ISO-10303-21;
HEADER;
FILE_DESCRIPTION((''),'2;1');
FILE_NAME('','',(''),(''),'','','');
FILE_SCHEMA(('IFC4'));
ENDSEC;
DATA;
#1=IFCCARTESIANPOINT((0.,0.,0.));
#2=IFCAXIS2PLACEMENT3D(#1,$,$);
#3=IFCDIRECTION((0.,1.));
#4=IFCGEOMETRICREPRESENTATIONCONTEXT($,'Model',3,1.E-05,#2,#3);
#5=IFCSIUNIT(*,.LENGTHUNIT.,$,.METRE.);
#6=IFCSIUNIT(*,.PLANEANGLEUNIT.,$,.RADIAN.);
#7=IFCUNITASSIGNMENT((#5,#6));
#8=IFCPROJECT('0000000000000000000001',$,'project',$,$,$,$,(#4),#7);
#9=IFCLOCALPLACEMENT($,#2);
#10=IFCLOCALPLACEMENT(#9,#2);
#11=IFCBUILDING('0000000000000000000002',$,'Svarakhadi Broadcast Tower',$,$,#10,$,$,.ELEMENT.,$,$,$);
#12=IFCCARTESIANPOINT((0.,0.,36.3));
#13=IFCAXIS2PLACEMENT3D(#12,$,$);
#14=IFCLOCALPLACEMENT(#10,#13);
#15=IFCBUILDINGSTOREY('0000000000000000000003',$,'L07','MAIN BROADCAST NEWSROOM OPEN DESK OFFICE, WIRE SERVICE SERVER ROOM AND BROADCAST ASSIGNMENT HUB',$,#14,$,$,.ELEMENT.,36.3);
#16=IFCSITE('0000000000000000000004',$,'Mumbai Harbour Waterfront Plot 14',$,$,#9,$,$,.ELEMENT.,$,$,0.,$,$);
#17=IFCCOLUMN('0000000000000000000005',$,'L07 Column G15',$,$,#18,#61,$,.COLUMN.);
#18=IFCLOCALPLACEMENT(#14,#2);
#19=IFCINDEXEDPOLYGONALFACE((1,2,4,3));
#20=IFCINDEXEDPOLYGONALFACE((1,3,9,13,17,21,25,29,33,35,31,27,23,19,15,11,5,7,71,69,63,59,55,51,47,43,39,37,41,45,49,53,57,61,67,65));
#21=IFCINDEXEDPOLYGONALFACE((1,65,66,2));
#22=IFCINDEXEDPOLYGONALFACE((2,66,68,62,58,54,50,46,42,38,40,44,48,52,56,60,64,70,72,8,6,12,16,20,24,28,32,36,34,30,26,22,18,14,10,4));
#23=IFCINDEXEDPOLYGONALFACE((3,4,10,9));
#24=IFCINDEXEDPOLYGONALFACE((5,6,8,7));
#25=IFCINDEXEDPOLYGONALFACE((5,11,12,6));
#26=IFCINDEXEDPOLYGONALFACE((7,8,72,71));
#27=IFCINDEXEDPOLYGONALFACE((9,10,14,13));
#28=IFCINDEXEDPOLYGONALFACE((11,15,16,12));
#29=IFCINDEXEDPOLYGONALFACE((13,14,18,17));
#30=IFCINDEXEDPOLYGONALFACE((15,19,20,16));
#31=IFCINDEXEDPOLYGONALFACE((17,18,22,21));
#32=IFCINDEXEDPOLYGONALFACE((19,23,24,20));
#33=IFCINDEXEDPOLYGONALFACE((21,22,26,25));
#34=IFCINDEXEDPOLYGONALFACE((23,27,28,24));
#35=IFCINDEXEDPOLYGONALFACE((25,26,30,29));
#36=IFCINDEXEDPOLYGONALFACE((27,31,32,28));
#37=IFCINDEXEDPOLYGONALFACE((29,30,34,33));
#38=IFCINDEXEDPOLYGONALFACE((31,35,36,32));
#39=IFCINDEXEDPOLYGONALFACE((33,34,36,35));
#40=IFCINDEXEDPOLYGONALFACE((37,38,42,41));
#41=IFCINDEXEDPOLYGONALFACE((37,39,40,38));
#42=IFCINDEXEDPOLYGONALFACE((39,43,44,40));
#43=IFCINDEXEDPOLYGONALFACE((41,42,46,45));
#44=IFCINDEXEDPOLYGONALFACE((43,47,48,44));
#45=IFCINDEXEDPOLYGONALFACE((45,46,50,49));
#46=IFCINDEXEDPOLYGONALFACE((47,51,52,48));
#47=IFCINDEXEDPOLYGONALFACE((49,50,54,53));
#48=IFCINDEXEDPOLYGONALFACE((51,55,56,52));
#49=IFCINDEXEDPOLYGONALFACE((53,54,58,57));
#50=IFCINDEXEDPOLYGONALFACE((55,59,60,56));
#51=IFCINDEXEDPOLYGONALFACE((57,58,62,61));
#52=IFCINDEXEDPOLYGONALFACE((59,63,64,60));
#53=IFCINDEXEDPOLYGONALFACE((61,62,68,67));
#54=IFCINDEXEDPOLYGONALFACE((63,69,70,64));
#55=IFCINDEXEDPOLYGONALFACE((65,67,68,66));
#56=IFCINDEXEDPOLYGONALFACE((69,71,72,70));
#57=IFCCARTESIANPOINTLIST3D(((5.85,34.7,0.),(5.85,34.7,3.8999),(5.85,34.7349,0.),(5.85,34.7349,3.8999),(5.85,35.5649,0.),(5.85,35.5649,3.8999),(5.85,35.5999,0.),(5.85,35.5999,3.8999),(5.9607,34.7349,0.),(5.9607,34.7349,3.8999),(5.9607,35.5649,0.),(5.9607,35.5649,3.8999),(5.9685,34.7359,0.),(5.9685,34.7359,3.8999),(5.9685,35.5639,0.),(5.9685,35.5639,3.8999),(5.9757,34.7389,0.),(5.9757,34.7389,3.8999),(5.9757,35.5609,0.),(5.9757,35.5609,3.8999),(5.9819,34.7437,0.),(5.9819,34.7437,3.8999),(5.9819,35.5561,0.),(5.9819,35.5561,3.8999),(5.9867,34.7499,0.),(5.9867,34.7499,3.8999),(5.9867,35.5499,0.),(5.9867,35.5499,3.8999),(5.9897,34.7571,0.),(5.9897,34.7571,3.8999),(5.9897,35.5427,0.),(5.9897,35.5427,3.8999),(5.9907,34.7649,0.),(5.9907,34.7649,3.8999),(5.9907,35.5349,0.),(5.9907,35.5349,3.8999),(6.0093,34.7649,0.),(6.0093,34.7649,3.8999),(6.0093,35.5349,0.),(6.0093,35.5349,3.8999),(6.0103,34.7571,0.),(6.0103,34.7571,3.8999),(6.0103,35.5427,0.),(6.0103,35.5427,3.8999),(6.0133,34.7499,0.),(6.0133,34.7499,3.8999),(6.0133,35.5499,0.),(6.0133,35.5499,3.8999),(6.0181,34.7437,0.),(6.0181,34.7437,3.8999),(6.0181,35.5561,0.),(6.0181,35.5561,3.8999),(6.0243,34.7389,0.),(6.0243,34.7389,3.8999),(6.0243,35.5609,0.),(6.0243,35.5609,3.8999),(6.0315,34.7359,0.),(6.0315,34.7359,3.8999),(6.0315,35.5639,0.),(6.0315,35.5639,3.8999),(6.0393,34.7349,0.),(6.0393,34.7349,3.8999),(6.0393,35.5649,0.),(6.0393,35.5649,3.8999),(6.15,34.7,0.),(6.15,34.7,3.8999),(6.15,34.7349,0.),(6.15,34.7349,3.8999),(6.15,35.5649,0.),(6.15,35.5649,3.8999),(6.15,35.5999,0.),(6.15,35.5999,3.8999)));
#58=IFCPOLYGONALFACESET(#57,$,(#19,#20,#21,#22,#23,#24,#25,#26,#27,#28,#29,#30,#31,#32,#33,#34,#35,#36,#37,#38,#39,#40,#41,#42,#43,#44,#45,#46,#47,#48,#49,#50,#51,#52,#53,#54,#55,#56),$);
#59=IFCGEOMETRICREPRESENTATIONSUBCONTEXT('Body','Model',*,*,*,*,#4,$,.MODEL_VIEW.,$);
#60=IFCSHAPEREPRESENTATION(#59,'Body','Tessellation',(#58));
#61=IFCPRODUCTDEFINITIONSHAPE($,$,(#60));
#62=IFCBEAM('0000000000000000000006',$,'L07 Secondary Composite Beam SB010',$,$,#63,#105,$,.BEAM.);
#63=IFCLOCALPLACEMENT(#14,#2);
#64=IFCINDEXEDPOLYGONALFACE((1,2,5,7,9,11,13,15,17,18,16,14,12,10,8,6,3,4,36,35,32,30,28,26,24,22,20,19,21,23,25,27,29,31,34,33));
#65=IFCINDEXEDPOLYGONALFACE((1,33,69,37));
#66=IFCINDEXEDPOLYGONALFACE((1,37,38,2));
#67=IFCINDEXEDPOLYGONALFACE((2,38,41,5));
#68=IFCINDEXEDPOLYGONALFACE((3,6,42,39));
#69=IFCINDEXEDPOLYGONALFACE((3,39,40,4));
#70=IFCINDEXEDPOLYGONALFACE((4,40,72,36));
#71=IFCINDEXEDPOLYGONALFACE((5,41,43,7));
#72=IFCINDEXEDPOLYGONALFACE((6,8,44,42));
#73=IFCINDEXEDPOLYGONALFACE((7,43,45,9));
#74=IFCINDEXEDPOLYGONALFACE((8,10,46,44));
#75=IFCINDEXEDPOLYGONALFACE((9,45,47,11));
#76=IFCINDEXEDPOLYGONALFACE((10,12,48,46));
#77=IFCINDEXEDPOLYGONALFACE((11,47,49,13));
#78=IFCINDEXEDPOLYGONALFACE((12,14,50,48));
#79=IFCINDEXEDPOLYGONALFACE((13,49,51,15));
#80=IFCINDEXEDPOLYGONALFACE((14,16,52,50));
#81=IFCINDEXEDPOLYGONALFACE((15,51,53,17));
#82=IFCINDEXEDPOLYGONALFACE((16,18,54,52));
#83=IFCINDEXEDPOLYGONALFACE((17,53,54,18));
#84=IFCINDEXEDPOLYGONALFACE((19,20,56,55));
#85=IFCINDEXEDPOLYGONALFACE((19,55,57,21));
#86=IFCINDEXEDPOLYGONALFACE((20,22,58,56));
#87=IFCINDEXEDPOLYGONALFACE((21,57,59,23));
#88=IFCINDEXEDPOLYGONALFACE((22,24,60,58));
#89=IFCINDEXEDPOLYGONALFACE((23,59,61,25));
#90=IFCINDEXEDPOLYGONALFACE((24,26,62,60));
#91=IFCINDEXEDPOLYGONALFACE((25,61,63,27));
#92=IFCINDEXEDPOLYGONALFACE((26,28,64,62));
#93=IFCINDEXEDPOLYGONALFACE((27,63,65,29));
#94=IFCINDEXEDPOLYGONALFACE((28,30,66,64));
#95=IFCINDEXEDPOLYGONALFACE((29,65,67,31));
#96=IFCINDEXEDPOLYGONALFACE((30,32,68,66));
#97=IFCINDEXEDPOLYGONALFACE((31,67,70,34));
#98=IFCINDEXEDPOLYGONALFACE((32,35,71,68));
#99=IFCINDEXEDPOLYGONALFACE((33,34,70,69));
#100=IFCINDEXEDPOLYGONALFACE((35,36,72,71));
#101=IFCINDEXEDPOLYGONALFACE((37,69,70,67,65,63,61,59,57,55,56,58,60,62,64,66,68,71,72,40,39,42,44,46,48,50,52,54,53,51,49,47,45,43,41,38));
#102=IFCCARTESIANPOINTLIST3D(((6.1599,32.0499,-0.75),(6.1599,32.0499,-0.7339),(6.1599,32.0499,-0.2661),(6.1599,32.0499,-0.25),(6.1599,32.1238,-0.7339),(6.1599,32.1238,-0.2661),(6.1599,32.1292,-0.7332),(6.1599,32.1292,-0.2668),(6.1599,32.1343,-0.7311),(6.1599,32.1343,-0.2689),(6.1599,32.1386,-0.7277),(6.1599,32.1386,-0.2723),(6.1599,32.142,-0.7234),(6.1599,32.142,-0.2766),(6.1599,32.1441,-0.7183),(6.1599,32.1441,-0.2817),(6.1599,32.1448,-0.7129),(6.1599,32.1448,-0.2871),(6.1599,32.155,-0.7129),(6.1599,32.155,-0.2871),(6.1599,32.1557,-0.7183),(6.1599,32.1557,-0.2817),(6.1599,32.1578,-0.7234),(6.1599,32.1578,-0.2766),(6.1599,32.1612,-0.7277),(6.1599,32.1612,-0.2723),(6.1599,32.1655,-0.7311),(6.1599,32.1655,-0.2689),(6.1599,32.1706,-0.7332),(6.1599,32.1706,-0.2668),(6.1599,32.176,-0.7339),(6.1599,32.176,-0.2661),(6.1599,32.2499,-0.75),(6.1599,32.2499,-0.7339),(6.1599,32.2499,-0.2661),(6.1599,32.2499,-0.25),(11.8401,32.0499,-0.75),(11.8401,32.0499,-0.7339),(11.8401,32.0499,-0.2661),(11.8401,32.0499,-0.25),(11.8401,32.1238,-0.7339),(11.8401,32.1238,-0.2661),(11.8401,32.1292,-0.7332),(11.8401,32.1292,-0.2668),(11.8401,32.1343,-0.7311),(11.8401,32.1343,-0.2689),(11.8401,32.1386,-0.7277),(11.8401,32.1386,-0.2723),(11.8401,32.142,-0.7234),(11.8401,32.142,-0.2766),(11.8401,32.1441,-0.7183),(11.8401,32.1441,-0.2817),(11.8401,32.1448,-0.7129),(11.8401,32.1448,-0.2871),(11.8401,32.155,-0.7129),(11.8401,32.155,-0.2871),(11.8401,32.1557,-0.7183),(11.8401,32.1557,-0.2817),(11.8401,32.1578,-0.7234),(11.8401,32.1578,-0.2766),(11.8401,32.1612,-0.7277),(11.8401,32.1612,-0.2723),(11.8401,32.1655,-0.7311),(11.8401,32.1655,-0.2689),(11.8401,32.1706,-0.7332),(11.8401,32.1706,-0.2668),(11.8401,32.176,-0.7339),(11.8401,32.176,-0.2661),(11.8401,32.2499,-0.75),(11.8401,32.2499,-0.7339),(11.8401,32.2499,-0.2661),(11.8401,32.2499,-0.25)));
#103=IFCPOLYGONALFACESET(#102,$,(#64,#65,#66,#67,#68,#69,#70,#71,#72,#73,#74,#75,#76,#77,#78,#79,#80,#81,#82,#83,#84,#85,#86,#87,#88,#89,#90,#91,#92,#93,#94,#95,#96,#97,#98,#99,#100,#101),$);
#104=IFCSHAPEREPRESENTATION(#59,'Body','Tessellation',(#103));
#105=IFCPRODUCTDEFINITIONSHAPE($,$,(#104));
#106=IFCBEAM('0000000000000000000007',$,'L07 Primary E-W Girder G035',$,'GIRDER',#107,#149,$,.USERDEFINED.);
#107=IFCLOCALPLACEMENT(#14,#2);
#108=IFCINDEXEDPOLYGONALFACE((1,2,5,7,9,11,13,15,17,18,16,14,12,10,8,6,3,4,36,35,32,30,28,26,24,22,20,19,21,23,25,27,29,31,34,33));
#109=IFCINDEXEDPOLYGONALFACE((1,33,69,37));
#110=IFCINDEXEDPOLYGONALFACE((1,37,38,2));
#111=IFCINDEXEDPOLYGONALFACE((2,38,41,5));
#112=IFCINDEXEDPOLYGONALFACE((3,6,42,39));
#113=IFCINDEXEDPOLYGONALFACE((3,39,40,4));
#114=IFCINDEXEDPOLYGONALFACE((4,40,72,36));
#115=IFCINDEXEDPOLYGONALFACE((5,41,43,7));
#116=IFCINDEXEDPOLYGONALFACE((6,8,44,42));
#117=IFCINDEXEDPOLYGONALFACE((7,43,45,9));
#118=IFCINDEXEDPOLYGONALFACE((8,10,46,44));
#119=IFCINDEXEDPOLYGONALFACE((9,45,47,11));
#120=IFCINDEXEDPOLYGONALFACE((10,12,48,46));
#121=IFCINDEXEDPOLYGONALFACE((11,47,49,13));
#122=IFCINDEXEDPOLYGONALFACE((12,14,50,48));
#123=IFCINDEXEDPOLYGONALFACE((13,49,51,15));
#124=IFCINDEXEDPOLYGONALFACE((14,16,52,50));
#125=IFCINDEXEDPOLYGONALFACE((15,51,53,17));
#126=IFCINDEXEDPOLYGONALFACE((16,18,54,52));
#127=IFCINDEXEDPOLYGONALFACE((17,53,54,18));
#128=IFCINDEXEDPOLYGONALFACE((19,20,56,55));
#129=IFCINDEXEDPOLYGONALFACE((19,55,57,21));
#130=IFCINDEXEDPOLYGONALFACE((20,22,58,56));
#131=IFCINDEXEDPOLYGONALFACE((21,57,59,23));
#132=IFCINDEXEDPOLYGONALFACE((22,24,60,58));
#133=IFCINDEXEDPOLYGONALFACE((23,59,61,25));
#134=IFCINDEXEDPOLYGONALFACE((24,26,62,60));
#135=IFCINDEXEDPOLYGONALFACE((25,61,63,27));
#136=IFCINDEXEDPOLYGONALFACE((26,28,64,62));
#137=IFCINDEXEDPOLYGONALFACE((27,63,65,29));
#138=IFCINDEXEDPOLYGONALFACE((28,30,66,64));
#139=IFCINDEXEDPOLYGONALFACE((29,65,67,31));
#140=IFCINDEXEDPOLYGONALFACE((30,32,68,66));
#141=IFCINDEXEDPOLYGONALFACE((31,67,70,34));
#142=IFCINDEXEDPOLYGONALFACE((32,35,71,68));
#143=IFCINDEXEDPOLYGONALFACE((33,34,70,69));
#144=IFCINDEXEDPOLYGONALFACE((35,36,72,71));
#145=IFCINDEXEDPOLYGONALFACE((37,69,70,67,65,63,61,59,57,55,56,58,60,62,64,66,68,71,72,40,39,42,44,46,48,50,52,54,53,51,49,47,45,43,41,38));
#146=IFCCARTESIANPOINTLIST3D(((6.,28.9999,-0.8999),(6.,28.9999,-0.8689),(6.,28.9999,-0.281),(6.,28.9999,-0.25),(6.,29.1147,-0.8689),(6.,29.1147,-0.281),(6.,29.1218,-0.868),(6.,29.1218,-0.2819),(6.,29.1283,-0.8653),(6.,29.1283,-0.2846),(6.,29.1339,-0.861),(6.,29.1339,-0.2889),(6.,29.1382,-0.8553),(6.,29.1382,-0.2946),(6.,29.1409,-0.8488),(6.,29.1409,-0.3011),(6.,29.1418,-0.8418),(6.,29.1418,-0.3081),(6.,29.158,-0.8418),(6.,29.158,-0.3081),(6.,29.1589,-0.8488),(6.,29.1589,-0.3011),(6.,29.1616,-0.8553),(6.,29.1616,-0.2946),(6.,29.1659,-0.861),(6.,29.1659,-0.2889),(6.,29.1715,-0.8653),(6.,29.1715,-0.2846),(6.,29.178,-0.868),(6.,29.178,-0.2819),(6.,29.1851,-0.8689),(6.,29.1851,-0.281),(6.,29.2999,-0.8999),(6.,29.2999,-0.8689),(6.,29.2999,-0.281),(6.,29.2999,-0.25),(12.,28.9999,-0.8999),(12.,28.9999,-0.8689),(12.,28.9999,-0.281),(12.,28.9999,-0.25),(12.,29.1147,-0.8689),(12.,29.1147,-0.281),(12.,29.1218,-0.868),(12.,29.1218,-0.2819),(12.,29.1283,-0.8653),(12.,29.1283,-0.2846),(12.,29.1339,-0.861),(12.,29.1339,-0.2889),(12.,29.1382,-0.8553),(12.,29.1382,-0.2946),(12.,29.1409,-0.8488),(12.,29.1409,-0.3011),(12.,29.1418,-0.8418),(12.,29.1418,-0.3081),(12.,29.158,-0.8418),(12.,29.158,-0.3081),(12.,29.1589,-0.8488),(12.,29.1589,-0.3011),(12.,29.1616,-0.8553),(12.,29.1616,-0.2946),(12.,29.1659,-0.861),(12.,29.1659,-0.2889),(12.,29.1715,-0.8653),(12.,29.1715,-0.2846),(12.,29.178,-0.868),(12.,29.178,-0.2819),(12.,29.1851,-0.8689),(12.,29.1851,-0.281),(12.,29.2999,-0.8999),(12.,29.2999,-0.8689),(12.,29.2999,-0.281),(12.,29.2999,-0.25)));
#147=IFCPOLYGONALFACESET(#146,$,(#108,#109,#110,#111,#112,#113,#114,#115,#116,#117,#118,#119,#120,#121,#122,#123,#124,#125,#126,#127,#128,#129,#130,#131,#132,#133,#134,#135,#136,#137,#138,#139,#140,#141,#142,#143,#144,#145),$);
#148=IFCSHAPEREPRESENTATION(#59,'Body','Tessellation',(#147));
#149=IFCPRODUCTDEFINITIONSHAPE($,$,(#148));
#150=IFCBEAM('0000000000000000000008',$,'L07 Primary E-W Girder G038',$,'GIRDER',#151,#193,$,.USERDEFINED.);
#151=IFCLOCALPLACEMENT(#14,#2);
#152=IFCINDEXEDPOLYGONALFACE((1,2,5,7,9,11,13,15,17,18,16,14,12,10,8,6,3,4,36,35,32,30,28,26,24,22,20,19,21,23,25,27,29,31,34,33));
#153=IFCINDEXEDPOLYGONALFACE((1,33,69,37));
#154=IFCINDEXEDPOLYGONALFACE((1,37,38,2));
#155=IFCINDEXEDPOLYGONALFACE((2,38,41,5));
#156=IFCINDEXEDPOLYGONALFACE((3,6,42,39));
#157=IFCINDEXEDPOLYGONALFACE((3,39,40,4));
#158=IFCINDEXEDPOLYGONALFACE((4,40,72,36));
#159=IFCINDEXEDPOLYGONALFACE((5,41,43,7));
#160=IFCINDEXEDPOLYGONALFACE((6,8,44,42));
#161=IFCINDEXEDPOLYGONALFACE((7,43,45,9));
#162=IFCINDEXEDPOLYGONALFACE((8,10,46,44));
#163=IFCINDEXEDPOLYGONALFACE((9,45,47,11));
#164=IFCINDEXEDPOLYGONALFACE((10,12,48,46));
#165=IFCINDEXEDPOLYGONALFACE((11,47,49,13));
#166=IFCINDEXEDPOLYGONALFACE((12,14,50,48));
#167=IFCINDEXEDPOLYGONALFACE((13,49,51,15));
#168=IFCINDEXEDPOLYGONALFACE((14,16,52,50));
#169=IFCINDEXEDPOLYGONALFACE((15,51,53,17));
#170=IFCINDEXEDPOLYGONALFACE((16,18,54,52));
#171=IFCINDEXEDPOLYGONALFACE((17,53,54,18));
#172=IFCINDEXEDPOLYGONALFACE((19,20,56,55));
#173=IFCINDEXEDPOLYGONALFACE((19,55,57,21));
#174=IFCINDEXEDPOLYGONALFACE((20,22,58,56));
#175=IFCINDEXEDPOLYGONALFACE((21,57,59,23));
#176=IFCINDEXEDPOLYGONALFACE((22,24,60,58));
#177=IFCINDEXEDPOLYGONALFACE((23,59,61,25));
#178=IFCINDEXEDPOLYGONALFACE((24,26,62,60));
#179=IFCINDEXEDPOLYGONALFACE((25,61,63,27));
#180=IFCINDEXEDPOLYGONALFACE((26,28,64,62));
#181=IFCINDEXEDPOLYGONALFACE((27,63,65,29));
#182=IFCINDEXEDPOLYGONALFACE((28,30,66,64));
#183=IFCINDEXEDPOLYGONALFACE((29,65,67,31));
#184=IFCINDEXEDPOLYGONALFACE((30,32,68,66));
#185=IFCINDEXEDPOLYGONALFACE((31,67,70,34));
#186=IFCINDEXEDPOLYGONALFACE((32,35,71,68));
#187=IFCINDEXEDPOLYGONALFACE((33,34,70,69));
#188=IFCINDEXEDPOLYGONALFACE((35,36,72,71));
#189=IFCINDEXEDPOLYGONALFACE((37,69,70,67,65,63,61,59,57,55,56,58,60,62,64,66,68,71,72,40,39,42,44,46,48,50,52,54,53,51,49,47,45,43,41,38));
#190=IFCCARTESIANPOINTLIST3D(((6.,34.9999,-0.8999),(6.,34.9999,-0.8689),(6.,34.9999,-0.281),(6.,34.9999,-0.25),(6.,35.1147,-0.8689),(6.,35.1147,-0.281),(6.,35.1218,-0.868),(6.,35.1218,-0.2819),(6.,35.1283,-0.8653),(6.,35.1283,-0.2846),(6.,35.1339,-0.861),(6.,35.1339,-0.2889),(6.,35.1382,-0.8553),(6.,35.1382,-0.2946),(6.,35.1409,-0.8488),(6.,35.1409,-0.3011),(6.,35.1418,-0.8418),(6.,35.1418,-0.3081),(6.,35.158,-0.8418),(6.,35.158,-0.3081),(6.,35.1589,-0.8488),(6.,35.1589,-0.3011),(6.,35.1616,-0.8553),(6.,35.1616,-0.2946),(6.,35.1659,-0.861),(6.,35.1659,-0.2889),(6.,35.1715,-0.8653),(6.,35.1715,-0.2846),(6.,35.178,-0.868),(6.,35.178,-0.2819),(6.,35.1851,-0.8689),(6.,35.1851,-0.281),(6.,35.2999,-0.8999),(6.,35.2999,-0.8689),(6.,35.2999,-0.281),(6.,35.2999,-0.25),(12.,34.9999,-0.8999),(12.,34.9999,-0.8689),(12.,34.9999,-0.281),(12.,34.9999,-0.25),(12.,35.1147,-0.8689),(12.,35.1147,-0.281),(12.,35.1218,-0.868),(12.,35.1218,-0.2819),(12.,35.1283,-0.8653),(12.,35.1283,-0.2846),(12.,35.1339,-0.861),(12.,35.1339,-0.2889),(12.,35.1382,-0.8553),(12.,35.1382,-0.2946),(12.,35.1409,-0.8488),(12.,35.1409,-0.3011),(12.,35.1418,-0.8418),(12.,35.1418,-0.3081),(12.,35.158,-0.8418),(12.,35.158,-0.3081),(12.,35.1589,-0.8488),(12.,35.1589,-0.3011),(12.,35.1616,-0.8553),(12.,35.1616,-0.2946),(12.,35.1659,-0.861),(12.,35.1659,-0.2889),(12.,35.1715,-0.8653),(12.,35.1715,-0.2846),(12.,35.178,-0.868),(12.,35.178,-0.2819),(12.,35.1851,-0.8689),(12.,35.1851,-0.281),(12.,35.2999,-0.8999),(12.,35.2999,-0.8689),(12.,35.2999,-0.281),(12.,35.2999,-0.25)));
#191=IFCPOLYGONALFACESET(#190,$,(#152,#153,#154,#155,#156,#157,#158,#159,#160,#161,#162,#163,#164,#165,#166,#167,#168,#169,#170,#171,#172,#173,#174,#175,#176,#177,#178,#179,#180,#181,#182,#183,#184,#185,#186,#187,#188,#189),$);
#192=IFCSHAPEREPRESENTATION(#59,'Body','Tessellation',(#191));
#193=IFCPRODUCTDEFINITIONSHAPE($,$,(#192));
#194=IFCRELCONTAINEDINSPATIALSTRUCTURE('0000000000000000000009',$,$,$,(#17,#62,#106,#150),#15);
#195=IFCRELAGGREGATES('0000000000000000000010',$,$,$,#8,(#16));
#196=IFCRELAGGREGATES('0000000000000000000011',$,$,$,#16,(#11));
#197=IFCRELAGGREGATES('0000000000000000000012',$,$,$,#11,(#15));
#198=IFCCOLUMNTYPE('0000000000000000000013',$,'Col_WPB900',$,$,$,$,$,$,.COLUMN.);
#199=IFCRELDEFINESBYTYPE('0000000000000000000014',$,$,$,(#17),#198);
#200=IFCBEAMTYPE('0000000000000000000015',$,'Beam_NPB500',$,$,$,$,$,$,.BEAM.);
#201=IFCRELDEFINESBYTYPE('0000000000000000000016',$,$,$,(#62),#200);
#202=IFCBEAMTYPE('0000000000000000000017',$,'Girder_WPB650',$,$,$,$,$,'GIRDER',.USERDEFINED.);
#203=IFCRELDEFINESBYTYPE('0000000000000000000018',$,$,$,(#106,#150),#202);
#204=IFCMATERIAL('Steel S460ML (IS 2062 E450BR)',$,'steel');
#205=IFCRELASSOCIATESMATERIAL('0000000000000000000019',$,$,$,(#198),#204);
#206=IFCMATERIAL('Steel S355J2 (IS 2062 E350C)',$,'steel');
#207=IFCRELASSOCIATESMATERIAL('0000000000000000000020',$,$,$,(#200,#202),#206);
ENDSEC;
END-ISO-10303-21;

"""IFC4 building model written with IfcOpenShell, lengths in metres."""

from ifc_helpers import new_model, si_unit, direction, frame, origin, origin_2d, place, context, subcontext, project, spatial, i_section, extrude, material, material_profile, profile_set, type_object, element, save


model = new_model("IFC4")

# Units and contexts
model_context = context("Model", 3, precision=1e-05, world=origin(), true_north=direction((0.0, 1.0)))
body_context = subcontext(model_context, "Body", "Model", "MODEL_VIEW")
ifc_project = project(units=[si_unit("LENGTHUNIT", "METRE"), si_unit("PLANEANGLEUNIT", "RADIAN")], contexts=[model_context])

# Site, building, storey
site_placement = place(None, origin())
site = spatial("IfcSite", under=ifc_project, at=site_placement, Name="Mumbai Harbour Waterfront Plot 14", CompositionType="ELEMENT", RefElevation=0.0)
building_placement = place(site_placement, origin())
building = spatial("IfcBuilding", under=site, at=building_placement, Name="Svarakhadi Broadcast Tower", CompositionType="ELEMENT")
storey_placement = place(building_placement, frame((0.0, 0.0, 36.3)))
storey = spatial("IfcBuildingStorey", under=building, at=storey_placement, Name="L07", Description="MAIN BROADCAST NEWSROOM OPEN DESK OFFICE, WIRE SERVICE SERVER ROOM AND BROADCAST ASSIGNMENT HUB", CompositionType="ELEMENT", Elevation=36.3)

# Column
ifc_material_1 = material(Name="Steel S460ML (IS 2062 E450BR)", Category="steel")
ifc_material_profile_1 = material_profile(ifc_material_1, i_section(OverallWidth=0.3, OverallDepth=0.8999, WebThickness=0.0186, FlangeThickness=0.0349, FilletRadius=0.03, at=origin_2d()), Name="WPB 900x300x291")
ifc_profile_set_1 = profile_set([ifc_material_profile_1], Name="Steel S460ML (IS 2062 E450BR)")
column_type = type_object("IfcColumnType", Name="Col_WPB900", PredefinedType="COLUMN", material=ifc_profile_set_1)
column_placement = place(storey_placement, frame((6.0, 35.1499, 0.0), z_axis=(0.0, 0.0, 1.0), x_axis=(1.0, 0.0, 0.0)))
element("IfcColumn", 1, at=column_placement, inside=storey, type_object=column_type, Name="L07 Column G15", PredefinedType="COLUMN", context=body_context, shape_type="SweptSolid", body=[
    extrude(i_section(OverallWidth=0.3, OverallDepth=0.8999, WebThickness=0.0186, FlangeThickness=0.0349, FilletRadius=0.03, at=origin_2d()), origin(), (0.0, 0.0, 1.0), 3.8999),
])

# Beams
ifc_material_2 = material(Name="Steel S355J2 (IS 2062 E350C)", Category="steel")
ifc_material_profile_2 = material_profile(ifc_material_2, i_section(OverallWidth=0.2, OverallDepth=0.5, WebThickness=0.0103, FlangeThickness=0.0161, FilletRadius=0.021, at=origin_2d()), Name="NPB 500x200x91")
ifc_profile_set_2 = profile_set([ifc_material_profile_2], Name="Steel S355J2 (IS 2062 E350C)")
beam_type_1 = type_object("IfcBeamType", Name="Beam_NPB500", PredefinedType="BEAM", material=ifc_profile_set_2)
beam_placement = place(storey_placement, frame((6.1599, 32.1499, -0.5), z_axis=(1.0, 0.0, 0.0), x_axis=(0.0, 1.0, 0.0)))
element("IfcBeam", 2, at=beam_placement, inside=storey, type_object=beam_type_1, Name="L07 Secondary Composite Beam SB010", PredefinedType="BEAM", context=body_context, shape_type="SweptSolid", body=[
    extrude(i_section(OverallWidth=0.2, OverallDepth=0.5, WebThickness=0.0103, FlangeThickness=0.0161, FilletRadius=0.021, at=origin_2d()), origin(), (0.0, 0.0, 1.0), 5.6802),
])
ifc_material_profile_3 = material_profile(ifc_material_2, i_section(OverallWidth=0.3, OverallDepth=0.6499, WebThickness=0.0161, FlangeThickness=0.031, FilletRadius=0.0271, at=origin_2d()), Name="WPB 650x300x225")
ifc_profile_set_3 = profile_set([ifc_material_profile_3], Name="Steel S355J2 (IS 2062 E350C)")
beam_type_2 = type_object("IfcBeamType", Name="Girder_WPB650", ElementType="GIRDER", PredefinedType="USERDEFINED", material=ifc_profile_set_3)
for number, where, z_axis, x_axis, name in (
    (3, (6.0, 29.1499, -0.575), (1.0, 0.0, 0.0), (0.0, 1.0, 0.0), "L07 Primary E-W Girder G035"),
    (4, (6.0, 35.1499, -0.575), (1.0, 0.0, 0.0), (0.0, 1.0, 0.0), "L07 Primary E-W Girder G038"),
):
    element("IfcBeam", number, at=place(storey_placement, frame(where, z_axis=z_axis, x_axis=x_axis)), inside=storey, type_object=beam_type_2, Name=name, ObjectType="GIRDER", PredefinedType="USERDEFINED", context=body_context, shape_type="SweptSolid", body=[
        extrude(i_section(OverallWidth=0.3, OverallDepth=0.6499, WebThickness=0.0161, FlangeThickness=0.031, FilletRadius=0.0271, at=origin_2d()), origin(), (0.0, 0.0, 1.0), 6.0),
    ])

save(model, "model.ifc")
